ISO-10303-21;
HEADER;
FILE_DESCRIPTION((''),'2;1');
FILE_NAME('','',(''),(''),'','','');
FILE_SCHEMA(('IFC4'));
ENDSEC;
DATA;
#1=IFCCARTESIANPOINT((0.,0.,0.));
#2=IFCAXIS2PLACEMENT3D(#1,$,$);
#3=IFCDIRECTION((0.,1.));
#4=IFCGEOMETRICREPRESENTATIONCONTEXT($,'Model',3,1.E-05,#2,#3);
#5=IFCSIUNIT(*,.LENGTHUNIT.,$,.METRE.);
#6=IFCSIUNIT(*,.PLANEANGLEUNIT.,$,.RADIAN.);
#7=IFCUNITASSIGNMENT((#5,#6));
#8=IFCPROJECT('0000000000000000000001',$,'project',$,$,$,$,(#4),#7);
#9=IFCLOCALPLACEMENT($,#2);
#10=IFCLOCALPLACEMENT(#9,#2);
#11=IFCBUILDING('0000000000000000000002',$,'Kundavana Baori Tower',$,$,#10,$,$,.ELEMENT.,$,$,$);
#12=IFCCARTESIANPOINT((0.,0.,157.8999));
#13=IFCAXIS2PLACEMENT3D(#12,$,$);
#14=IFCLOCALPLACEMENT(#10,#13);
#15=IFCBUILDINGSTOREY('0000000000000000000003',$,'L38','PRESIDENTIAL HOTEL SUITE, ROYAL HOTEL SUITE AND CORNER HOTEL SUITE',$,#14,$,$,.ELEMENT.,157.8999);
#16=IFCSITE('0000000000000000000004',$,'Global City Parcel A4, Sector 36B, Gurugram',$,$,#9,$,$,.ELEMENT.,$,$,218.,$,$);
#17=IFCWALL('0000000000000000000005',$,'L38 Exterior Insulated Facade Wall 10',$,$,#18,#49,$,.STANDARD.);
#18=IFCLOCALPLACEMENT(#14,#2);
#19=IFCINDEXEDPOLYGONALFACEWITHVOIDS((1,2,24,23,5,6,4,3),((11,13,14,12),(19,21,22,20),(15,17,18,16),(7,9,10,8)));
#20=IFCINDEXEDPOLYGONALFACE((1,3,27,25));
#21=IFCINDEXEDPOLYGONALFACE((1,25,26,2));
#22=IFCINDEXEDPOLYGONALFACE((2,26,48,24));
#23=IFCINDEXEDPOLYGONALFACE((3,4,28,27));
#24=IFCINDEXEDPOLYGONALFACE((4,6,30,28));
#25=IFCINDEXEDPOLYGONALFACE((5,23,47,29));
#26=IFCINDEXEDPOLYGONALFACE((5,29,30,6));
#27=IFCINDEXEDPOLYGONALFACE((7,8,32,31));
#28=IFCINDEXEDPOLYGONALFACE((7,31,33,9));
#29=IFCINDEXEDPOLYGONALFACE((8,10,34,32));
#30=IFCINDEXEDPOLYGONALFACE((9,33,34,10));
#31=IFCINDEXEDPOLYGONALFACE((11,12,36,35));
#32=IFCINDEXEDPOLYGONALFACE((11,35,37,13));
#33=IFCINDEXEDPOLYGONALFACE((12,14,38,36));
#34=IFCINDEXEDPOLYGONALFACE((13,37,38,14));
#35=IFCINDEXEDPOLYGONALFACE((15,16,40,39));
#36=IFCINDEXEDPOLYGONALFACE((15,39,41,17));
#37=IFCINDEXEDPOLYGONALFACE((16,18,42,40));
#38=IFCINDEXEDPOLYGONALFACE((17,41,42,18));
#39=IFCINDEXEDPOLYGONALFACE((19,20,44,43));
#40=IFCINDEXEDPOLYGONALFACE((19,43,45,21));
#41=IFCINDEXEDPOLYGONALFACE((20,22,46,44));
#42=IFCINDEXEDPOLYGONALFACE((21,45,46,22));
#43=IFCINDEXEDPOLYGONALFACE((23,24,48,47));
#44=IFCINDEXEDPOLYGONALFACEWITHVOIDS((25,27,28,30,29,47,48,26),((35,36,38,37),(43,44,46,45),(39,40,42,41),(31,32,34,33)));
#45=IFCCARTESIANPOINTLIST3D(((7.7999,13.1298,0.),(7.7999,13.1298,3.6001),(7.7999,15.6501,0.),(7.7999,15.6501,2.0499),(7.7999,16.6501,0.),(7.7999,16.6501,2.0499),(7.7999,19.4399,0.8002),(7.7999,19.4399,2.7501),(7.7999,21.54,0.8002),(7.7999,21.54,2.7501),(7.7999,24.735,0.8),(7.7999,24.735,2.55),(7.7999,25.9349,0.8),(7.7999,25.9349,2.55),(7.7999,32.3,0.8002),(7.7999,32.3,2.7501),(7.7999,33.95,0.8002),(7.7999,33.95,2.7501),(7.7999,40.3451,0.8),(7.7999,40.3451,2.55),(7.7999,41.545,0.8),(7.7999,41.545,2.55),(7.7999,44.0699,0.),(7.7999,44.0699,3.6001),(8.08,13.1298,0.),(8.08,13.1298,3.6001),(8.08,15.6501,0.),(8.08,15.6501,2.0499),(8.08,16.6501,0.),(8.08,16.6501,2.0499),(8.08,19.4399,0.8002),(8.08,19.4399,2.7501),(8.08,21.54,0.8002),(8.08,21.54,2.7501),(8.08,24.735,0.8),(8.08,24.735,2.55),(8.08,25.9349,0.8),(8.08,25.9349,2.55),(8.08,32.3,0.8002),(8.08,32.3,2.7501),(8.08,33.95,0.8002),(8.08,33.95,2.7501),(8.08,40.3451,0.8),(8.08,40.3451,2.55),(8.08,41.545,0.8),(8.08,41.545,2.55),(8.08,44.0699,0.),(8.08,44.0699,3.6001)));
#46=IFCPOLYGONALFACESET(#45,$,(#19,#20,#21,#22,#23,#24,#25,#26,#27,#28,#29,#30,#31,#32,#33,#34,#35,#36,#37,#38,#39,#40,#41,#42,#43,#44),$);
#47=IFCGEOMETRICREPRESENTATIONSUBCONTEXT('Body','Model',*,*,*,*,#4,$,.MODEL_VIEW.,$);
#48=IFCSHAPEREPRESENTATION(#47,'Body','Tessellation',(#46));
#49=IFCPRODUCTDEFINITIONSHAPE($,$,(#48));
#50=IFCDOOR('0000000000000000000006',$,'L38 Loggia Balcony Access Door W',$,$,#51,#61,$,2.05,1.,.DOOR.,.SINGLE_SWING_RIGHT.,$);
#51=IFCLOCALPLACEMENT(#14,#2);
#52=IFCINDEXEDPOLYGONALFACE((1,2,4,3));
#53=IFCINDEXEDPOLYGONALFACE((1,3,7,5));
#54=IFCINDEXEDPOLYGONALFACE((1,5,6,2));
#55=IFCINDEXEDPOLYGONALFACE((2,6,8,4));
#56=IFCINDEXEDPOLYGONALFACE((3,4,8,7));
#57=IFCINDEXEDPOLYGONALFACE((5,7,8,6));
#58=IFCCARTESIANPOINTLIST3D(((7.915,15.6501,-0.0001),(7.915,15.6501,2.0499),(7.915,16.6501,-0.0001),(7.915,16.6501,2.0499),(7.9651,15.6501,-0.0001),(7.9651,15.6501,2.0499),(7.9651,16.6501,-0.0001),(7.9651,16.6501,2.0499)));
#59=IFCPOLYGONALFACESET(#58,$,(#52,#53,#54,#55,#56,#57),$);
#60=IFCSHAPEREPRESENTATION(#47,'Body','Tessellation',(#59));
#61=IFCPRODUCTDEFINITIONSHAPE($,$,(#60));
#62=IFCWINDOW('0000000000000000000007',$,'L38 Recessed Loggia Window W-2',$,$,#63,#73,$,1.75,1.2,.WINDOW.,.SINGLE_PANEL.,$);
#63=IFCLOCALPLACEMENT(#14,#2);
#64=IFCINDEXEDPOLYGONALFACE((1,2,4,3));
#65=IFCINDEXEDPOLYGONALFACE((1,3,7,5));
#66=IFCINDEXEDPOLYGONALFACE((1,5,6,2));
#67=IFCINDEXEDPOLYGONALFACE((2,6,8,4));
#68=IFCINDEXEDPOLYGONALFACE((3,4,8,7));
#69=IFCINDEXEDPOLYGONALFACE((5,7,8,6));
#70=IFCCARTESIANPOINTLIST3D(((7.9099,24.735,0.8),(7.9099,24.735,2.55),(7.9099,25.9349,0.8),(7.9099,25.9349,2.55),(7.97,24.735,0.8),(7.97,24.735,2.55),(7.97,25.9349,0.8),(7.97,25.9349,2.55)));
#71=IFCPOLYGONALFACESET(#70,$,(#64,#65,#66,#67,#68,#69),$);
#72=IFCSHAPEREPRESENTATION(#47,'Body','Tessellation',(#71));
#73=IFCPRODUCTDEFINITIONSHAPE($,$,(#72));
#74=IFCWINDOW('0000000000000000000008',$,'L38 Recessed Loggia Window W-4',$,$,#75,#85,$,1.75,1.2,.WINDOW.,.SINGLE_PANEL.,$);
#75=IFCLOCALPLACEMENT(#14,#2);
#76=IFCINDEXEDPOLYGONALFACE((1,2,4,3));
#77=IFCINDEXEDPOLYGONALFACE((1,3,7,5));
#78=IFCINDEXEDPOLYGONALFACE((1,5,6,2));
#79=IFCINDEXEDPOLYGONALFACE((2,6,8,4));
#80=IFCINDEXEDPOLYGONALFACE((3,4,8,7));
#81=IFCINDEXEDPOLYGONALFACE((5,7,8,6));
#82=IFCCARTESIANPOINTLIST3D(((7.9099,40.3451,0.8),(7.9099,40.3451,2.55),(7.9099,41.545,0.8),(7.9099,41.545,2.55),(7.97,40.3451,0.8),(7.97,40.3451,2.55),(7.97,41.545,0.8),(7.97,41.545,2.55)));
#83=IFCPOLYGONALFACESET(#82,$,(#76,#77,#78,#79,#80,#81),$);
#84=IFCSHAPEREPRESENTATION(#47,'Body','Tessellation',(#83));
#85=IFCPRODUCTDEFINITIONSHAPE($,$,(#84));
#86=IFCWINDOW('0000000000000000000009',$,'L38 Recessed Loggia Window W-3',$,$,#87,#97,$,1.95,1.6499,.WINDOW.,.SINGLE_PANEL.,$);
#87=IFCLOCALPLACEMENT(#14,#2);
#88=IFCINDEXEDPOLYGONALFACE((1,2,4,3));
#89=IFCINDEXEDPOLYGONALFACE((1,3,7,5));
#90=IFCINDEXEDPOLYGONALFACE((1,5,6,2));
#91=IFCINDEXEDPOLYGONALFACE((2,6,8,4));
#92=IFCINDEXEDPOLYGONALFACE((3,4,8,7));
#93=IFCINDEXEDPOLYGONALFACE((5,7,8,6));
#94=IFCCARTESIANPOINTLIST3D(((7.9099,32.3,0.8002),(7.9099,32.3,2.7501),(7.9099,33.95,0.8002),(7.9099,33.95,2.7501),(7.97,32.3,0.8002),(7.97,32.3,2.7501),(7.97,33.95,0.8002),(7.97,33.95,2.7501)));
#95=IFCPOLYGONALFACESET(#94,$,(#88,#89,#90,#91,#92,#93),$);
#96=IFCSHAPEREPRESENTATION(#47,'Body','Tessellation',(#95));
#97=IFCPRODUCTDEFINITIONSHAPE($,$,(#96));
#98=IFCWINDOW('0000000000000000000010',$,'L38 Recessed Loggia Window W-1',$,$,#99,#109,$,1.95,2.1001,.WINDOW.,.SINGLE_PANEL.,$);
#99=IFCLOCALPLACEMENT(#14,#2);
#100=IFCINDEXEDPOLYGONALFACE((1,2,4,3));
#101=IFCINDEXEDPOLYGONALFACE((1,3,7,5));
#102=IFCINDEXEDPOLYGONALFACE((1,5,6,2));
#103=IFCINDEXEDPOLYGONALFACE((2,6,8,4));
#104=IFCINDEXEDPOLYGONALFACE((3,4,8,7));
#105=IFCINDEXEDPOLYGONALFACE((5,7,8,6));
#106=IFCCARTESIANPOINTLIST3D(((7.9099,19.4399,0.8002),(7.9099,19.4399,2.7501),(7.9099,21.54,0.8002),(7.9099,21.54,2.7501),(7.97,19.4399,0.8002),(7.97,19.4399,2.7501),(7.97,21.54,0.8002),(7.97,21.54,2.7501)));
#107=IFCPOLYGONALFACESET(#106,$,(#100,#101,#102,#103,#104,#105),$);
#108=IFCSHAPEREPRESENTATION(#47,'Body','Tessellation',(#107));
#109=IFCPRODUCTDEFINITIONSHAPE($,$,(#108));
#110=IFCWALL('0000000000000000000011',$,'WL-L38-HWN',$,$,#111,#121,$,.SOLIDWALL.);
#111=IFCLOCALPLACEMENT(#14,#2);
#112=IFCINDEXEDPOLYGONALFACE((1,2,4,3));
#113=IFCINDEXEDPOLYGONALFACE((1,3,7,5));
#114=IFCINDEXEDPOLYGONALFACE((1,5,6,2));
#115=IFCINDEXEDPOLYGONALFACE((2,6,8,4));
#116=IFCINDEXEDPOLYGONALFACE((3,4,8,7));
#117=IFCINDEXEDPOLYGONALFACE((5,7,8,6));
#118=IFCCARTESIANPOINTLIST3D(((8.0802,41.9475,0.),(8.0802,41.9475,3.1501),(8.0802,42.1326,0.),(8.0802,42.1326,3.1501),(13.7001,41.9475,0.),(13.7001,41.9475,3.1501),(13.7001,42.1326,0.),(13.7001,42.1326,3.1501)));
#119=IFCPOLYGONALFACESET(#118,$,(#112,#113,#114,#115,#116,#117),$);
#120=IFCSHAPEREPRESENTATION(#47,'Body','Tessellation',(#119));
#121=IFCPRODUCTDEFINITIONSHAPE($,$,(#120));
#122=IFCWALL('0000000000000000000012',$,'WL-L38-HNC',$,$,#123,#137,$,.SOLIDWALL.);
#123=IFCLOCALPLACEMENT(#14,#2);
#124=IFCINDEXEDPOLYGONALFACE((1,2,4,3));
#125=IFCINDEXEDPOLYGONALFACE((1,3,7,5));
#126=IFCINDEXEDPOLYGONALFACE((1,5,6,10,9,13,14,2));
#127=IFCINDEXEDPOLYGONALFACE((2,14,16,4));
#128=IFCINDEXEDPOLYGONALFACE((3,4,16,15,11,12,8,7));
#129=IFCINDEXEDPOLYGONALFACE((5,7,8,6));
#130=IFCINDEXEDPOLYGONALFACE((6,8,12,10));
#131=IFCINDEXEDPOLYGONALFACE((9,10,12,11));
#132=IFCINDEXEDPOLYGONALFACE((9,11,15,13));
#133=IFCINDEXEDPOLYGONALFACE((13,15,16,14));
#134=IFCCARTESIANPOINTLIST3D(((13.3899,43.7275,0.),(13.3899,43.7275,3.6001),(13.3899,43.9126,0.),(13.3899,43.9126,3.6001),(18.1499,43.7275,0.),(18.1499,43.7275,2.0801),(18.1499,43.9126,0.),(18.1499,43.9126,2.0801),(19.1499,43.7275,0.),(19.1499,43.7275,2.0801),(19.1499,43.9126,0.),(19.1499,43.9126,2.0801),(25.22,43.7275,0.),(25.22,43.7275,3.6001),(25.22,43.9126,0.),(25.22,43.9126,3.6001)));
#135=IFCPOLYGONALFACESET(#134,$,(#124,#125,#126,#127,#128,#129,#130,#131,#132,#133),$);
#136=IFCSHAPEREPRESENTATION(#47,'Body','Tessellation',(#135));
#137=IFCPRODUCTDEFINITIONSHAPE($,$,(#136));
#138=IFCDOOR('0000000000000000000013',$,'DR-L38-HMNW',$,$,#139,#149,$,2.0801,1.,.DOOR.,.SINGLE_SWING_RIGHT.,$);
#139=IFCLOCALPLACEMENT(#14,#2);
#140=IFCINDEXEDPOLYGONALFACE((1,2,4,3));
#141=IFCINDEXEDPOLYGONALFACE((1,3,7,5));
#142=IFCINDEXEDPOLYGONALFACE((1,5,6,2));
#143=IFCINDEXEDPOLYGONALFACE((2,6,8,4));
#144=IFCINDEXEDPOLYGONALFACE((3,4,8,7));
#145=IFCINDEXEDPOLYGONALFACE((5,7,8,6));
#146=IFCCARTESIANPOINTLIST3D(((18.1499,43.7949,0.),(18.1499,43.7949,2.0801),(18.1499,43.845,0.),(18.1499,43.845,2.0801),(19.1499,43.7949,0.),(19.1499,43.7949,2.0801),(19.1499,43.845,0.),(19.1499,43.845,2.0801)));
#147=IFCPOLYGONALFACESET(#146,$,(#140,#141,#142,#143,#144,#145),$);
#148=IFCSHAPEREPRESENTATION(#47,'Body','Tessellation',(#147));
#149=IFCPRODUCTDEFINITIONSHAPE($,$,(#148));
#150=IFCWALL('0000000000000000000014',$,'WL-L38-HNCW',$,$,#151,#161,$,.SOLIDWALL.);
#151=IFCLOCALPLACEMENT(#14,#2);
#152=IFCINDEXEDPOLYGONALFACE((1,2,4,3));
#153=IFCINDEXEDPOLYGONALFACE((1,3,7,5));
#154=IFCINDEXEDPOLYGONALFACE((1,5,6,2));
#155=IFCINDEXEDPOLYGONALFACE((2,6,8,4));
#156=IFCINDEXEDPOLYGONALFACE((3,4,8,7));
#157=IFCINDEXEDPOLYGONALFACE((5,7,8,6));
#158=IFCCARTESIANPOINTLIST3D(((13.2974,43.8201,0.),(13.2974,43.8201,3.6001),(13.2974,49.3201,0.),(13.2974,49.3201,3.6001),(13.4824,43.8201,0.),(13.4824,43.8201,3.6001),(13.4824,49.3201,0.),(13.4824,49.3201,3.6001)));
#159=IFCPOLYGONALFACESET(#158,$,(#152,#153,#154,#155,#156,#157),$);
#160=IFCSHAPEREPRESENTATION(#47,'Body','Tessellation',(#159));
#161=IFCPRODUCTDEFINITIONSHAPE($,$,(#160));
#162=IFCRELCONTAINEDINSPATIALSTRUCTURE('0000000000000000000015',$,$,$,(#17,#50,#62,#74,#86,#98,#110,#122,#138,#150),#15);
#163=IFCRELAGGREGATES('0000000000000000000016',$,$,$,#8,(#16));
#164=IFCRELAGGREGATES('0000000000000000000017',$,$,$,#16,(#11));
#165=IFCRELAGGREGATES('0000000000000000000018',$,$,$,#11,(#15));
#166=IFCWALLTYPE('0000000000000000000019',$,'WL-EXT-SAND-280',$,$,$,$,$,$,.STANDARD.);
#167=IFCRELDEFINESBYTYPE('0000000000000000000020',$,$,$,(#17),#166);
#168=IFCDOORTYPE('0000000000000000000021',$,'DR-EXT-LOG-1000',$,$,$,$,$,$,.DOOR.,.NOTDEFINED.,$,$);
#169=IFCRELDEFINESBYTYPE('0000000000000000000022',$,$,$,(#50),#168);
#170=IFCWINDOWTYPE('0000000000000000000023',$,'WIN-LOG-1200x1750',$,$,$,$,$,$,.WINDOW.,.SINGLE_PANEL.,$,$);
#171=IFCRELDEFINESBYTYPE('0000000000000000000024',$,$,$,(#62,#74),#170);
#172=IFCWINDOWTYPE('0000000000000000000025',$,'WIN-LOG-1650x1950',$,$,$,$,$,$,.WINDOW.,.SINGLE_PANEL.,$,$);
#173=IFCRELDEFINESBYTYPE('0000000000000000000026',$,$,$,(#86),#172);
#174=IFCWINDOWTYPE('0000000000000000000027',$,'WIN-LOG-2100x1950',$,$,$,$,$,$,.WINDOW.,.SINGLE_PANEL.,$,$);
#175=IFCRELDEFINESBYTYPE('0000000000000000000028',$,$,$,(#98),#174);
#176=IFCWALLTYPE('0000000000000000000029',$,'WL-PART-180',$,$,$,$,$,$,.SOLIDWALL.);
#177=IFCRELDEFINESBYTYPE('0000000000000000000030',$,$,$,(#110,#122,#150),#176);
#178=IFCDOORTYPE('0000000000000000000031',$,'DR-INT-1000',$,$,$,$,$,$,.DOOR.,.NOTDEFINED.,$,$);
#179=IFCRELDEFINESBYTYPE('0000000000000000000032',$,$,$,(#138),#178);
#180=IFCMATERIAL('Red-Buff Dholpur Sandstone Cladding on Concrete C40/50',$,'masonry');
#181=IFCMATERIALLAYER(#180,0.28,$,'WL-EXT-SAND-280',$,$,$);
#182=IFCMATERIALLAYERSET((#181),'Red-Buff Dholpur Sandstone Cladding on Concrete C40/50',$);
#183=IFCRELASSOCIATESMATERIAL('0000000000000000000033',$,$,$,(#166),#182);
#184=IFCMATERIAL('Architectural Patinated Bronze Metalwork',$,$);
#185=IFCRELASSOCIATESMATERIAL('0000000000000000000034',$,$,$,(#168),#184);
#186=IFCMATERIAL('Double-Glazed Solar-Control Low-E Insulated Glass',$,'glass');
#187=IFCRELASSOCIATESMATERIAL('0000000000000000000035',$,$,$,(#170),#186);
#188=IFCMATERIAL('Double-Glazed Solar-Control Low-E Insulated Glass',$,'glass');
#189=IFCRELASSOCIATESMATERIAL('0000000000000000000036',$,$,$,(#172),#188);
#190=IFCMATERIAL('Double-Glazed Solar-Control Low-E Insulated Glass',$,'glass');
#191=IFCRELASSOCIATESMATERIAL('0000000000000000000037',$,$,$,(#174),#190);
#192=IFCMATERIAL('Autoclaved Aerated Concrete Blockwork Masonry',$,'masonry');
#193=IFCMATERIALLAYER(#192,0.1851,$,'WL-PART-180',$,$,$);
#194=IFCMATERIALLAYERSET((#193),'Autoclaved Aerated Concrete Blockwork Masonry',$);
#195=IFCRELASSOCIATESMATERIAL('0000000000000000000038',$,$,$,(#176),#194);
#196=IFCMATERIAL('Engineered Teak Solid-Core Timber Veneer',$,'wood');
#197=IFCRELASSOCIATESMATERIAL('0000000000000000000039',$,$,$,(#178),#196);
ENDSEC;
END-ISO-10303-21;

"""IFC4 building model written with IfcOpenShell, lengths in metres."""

from ifc_helpers import new_model, si_unit, direction, frame, frame_2d, origin, place, context, subcontext, project, spatial, rectangle, extrude, material, layer, layer_set, type_object, element, fill, save


model = new_model("IFC4")

# Units and contexts
model_context = context("Model", 3, precision=1e-05, world=origin(), true_north=direction((0.0, 1.0)))
body_context = subcontext(model_context, "Body", "Model", "MODEL_VIEW")
ifc_project = project(units=[si_unit("LENGTHUNIT", "METRE"), si_unit("PLANEANGLEUNIT", "RADIAN")], contexts=[model_context])

# Site, building, storey
site_placement = place(None, origin())
site = spatial("IfcSite", under=ifc_project, at=site_placement, Name="Global City Parcel A4, Sector 36B, Gurugram", CompositionType="ELEMENT", RefElevation=218.0)
building_placement = place(site_placement, origin())
building = spatial("IfcBuilding", under=site, at=building_placement, Name="Kundavana Baori Tower", CompositionType="ELEMENT")
storey_placement = place(building_placement, frame((0.0, 0.0, 157.8999)))
storey = spatial("IfcBuildingStorey", under=building, at=storey_placement, Name="L38", Description="PRESIDENTIAL HOTEL SUITE, ROYAL HOTEL SUITE AND CORNER HOTEL SUITE", CompositionType="ELEMENT", Elevation=157.8999)

# Shared definitions
ifc_material_1 = material(Name="Red-Buff Dholpur Sandstone Cladding on Concrete C40/50", Category="masonry")
ifc_layer_1 = layer(ifc_material_1, 0.28, Name="WL-EXT-SAND-280")
ifc_layer_set_1 = layer_set([ifc_layer_1], Name="Red-Buff Dholpur Sandstone Cladding on Concrete C40/50")
wall_type_1 = type_object("IfcWallType", Name="WL-EXT-SAND-280", PredefinedType="STANDARD", material=ifc_layer_set_1)

# Wall, openings, door, windows
wall_1_placement = place(storey_placement, frame((7.9399, 44.0701, 0.0), z_axis=(0.0, 0.0, 1.0), x_axis=(0.0, -1.0, 0.0)))
wall_1 = element("IfcWall", 1, at=wall_1_placement, inside=storey, type_object=wall_type_1, Name="L38 Exterior Insulated Facade Wall 10", PredefinedType="STANDARD", context=body_context, shape_type="SweptSolid", body=[
    extrude(rectangle(XDim=30.9402, YDim=0.28, at=frame_2d((15.4702, 0.0))), origin(), (0.0, 0.0, 1.0), 3.6001),
])
opening_1_placement = place(wall_1_placement, frame((27.4199, 0.0, 0.0)))
opening_1 = element("IfcOpeningElement", 2, at=opening_1_placement, cuts=wall_1, PredefinedType="OPENING", context=body_context, shape_type="SweptSolid", body=[
    extrude(rectangle(XDim=1.0, YDim=2.05, at=frame_2d((0.5, 1.0249))), frame((0.0, 0.1499, 0.0), z_axis=(0.0, -1.0, 0.0), x_axis=(1.0, 0.0, 0.0)), (0.0, 0.0, 1.0), 0.3),
])
opening_2_placement = place(wall_1_placement, frame((22.53, 0.0, 0.8)))
opening_2 = element("IfcOpeningElement", 3, at=opening_2_placement, cuts=wall_1, PredefinedType="OPENING", context=body_context, shape_type="SweptSolid", body=[
    extrude(rectangle(XDim=2.1001, YDim=1.95, at=frame_2d((1.05, 0.9751))), frame((0.0, 0.1499, 0.0), z_axis=(0.0, -1.0, 0.0), x_axis=(1.0, 0.0, 0.0)), (0.0, 0.0, 1.0), 0.3),
])
opening_3_placement = place(wall_1_placement, frame((18.135, 0.0, 0.8)))
opening_3 = element("IfcOpeningElement", 4, at=opening_3_placement, cuts=wall_1, PredefinedType="OPENING", context=body_context, shape_type="SweptSolid", body=[
    extrude(rectangle(XDim=1.2, YDim=1.75, at=frame_2d((0.6001, 0.875))), frame((0.0, 0.1499, 0.0), z_axis=(0.0, -1.0, 0.0), x_axis=(1.0, 0.0, 0.0)), (0.0, 0.0, 1.0), 0.3),
])
opening_4_placement = place(wall_1_placement, frame((10.1201, 0.0, 0.8)))
opening_4 = element("IfcOpeningElement", 5, at=opening_4_placement, cuts=wall_1, PredefinedType="OPENING", context=body_context, shape_type="SweptSolid", body=[
    extrude(rectangle(XDim=1.6499, YDim=1.95, at=frame_2d((0.825, 0.9751))), frame((0.0, 0.1499, 0.0), z_axis=(0.0, -1.0, 0.0), x_axis=(1.0, 0.0, 0.0)), (0.0, 0.0, 1.0), 0.3),
])
opening_5_placement = place(wall_1_placement, frame((2.5249, 0.0, 0.8)))
opening_5 = element("IfcOpeningElement", 6, at=opening_5_placement, cuts=wall_1, PredefinedType="OPENING", context=body_context, shape_type="SweptSolid", body=[
    extrude(rectangle(XDim=1.2, YDim=1.75, at=frame_2d((0.6001, 0.875))), frame((0.0, 0.1499, 0.0), z_axis=(0.0, -1.0, 0.0), x_axis=(1.0, 0.0, 0.0)), (0.0, 0.0, 1.0), 0.3),
])
ifc_material_2 = material(Name="Architectural Patinated Bronze Metalwork")
door_type_1 = type_object("IfcDoorType", Name="DR-EXT-LOG-1000", OperationType="NOTDEFINED", PredefinedType="DOOR", material=ifc_material_2)
door_1_placement = place(opening_1_placement, frame((1.0, 0.0, 0.0), z_axis=(0.0, 0.0, 1.0), x_axis=(-1.0, 0.0, 0.0)))
door_1 = element("IfcDoor", 7, at=door_1_placement, inside=storey, type_object=door_type_1, Name="L38 Loggia Balcony Access Door W", OperationType="SINGLE_SWING_RIGHT", OverallHeight=2.05, OverallWidth=1.0, PredefinedType="DOOR", context=body_context, shape_type="SweptSolid", body=[
    extrude(rectangle(XDim=1.0, YDim=2.05, at=frame_2d((0.5, 1.0249))), frame((0.0, 0.0249, 0.0), z_axis=(0.0, -1.0, 0.0), x_axis=(1.0, 0.0, 0.0)), (0.0, 0.0, 1.0), 0.05),
])
fill(opening_1, door_1)
ifc_material_3 = material(Name="Double-Glazed Solar-Control Low-E Insulated Glass", Category="glass")
window_type_1 = type_object("IfcWindowType", Name="WIN-LOG-1200x1750", PartitioningType="SINGLE_PANEL", PredefinedType="WINDOW", material=ifc_material_3)
window_1_placement = place(opening_3_placement, origin())
window_1 = element("IfcWindow", 8, at=window_1_placement, inside=storey, type_object=window_type_1, Name="L38 Recessed Loggia Window W-2", OverallHeight=1.75, OverallWidth=1.2, PartitioningType="SINGLE_PANEL", PredefinedType="WINDOW", context=body_context, shape_type="SweptSolid", body=[
    extrude(rectangle(XDim=1.2, YDim=1.75, at=frame_2d((0.6001, 0.875))), frame((0.0, 0.03, 0.0), z_axis=(0.0, -1.0, 0.0), x_axis=(1.0, 0.0, 0.0)), (0.0, 0.0, 1.0), 0.0601),
])
fill(opening_3, window_1)
window_2_placement = place(opening_5_placement, origin())
window_2 = element("IfcWindow", 9, at=window_2_placement, inside=storey, type_object=window_type_1, Name="L38 Recessed Loggia Window W-4", OverallHeight=1.75, OverallWidth=1.2, PartitioningType="SINGLE_PANEL", PredefinedType="WINDOW", context=body_context, shape_type="SweptSolid", body=[
    extrude(rectangle(XDim=1.2, YDim=1.75, at=frame_2d((0.6001, 0.875))), frame((0.0, 0.03, 0.0), z_axis=(0.0, -1.0, 0.0), x_axis=(1.0, 0.0, 0.0)), (0.0, 0.0, 1.0), 0.0601),
])
fill(opening_5, window_2)
ifc_material_4 = material(Name="Double-Glazed Solar-Control Low-E Insulated Glass", Category="glass")
window_type_2 = type_object("IfcWindowType", Name="WIN-LOG-1650x1950", PartitioningType="SINGLE_PANEL", PredefinedType="WINDOW", material=ifc_material_4)
window_3_placement = place(opening_4_placement, origin())
window_3 = element("IfcWindow", 10, at=window_3_placement, inside=storey, type_object=window_type_2, Name="L38 Recessed Loggia Window W-3", OverallHeight=1.95, OverallWidth=1.6499, PartitioningType="SINGLE_PANEL", PredefinedType="WINDOW", context=body_context, shape_type="SweptSolid", body=[
    extrude(rectangle(XDim=1.6499, YDim=1.95, at=frame_2d((0.825, 0.9751))), frame((0.0, 0.03, 0.0), z_axis=(0.0, -1.0, 0.0), x_axis=(1.0, 0.0, 0.0)), (0.0, 0.0, 1.0), 0.0601),
])
fill(opening_4, window_3)
ifc_material_5 = material(Name="Double-Glazed Solar-Control Low-E Insulated Glass", Category="glass")
window_type_3 = type_object("IfcWindowType", Name="WIN-LOG-2100x1950", PartitioningType="SINGLE_PANEL", PredefinedType="WINDOW", material=ifc_material_5)
window_4_placement = place(opening_2_placement, origin())
window_4 = element("IfcWindow", 11, at=window_4_placement, inside=storey, type_object=window_type_3, Name="L38 Recessed Loggia Window W-1", OverallHeight=1.95, OverallWidth=2.1001, PartitioningType="SINGLE_PANEL", PredefinedType="WINDOW", context=body_context, shape_type="SweptSolid", body=[
    extrude(rectangle(XDim=2.1001, YDim=1.95, at=frame_2d((1.05, 0.9751))), frame((0.0, 0.03, 0.0), z_axis=(0.0, -1.0, 0.0), x_axis=(1.0, 0.0, 0.0)), (0.0, 0.0, 1.0), 0.0601),
])
fill(opening_2, window_4)

# Wall
ifc_material_6 = material(Name="Autoclaved Aerated Concrete Blockwork Masonry", Category="masonry")
ifc_layer_2 = layer(ifc_material_6, 0.1851, Name="WL-PART-180")
ifc_layer_set_2 = layer_set([ifc_layer_2], Name="Autoclaved Aerated Concrete Blockwork Masonry")
wall_type_2 = type_object("IfcWallType", Name="WL-PART-180", PredefinedType="SOLIDWALL", material=ifc_layer_set_2)
wall_2_placement = place(storey_placement, frame((8.0801, 42.04, 0.0), z_axis=(0.0, 0.0, 1.0), x_axis=(1.0, 0.0, 0.0)))
element("IfcWall", 12, at=wall_2_placement, inside=storey, type_object=wall_type_2, Name="WL-L38-HWN", PredefinedType="SOLIDWALL", context=body_context, shape_type="SweptSolid", body=[
    extrude(rectangle(XDim=5.6199, YDim=0.1851, at=frame_2d((2.8101, 0.0))), origin(), (0.0, 0.0, 1.0), 3.1501),
])

# Wall, opening, door
wall_3_placement = place(storey_placement, frame((13.3899, 43.8201, 0.0), z_axis=(0.0, 0.0, 1.0), x_axis=(1.0, 0.0, 0.0)))
wall_3 = element("IfcWall", 13, at=wall_3_placement, inside=storey, type_object=wall_type_2, Name="WL-L38-HNC", PredefinedType="SOLIDWALL", context=body_context, shape_type="SweptSolid", body=[
    extrude(rectangle(XDim=11.8301, YDim=0.1851, at=frame_2d((5.915, 0.0))), origin(), (0.0, 0.0, 1.0), 3.6001),
])
opening_6_placement = place(wall_3_placement, frame((4.76, 0.0, 0.0)))
opening_6 = element("IfcOpeningElement", 14, at=opening_6_placement, cuts=wall_3, PredefinedType="OPENING", context=body_context, shape_type="SweptSolid", body=[
    extrude(rectangle(XDim=1.0, YDim=2.0801, at=frame_2d((0.5, 1.04))), frame((0.0, 0.1025, 0.0), z_axis=(0.0, -1.0, 0.0), x_axis=(1.0, 0.0, 0.0)), (0.0, 0.0, 1.0), 0.2051),
])
ifc_material_7 = material(Name="Engineered Teak Solid-Core Timber Veneer", Category="wood")
door_type_2 = type_object("IfcDoorType", Name="DR-INT-1000", OperationType="NOTDEFINED", PredefinedType="DOOR", material=ifc_material_7)
door_2_placement = place(opening_6_placement, origin())
door_2 = element("IfcDoor", 15, at=door_2_placement, inside=storey, type_object=door_type_2, Name="DR-L38-HMNW", OperationType="SINGLE_SWING_RIGHT", OverallHeight=2.0801, OverallWidth=1.0, PredefinedType="DOOR", context=body_context, shape_type="SweptSolid", body=[
    extrude(rectangle(XDim=1.0, YDim=2.0801, at=frame_2d((0.5, 1.04))), frame((0.0, 0.0249, 0.0), z_axis=(0.0, -1.0, 0.0), x_axis=(1.0, 0.0, 0.0)), (0.0, 0.0, 1.0), 0.05),
])
fill(opening_6, door_2)

# Wall
wall_4_placement = place(storey_placement, frame((13.3899, 43.8201, 0.0), z_axis=(0.0, 0.0, 1.0), x_axis=(0.0, 1.0, 0.0)))
element("IfcWall", 16, at=wall_4_placement, inside=storey, type_object=wall_type_2, Name="WL-L38-HNCW", PredefinedType="SOLIDWALL", context=body_context, shape_type="SweptSolid", body=[
    extrude(rectangle(XDim=5.5, YDim=0.1851, at=frame_2d((2.75, 0.0))), origin(), (0.0, 0.0, 1.0), 3.6001),
])

save(model, "model.ifc")
